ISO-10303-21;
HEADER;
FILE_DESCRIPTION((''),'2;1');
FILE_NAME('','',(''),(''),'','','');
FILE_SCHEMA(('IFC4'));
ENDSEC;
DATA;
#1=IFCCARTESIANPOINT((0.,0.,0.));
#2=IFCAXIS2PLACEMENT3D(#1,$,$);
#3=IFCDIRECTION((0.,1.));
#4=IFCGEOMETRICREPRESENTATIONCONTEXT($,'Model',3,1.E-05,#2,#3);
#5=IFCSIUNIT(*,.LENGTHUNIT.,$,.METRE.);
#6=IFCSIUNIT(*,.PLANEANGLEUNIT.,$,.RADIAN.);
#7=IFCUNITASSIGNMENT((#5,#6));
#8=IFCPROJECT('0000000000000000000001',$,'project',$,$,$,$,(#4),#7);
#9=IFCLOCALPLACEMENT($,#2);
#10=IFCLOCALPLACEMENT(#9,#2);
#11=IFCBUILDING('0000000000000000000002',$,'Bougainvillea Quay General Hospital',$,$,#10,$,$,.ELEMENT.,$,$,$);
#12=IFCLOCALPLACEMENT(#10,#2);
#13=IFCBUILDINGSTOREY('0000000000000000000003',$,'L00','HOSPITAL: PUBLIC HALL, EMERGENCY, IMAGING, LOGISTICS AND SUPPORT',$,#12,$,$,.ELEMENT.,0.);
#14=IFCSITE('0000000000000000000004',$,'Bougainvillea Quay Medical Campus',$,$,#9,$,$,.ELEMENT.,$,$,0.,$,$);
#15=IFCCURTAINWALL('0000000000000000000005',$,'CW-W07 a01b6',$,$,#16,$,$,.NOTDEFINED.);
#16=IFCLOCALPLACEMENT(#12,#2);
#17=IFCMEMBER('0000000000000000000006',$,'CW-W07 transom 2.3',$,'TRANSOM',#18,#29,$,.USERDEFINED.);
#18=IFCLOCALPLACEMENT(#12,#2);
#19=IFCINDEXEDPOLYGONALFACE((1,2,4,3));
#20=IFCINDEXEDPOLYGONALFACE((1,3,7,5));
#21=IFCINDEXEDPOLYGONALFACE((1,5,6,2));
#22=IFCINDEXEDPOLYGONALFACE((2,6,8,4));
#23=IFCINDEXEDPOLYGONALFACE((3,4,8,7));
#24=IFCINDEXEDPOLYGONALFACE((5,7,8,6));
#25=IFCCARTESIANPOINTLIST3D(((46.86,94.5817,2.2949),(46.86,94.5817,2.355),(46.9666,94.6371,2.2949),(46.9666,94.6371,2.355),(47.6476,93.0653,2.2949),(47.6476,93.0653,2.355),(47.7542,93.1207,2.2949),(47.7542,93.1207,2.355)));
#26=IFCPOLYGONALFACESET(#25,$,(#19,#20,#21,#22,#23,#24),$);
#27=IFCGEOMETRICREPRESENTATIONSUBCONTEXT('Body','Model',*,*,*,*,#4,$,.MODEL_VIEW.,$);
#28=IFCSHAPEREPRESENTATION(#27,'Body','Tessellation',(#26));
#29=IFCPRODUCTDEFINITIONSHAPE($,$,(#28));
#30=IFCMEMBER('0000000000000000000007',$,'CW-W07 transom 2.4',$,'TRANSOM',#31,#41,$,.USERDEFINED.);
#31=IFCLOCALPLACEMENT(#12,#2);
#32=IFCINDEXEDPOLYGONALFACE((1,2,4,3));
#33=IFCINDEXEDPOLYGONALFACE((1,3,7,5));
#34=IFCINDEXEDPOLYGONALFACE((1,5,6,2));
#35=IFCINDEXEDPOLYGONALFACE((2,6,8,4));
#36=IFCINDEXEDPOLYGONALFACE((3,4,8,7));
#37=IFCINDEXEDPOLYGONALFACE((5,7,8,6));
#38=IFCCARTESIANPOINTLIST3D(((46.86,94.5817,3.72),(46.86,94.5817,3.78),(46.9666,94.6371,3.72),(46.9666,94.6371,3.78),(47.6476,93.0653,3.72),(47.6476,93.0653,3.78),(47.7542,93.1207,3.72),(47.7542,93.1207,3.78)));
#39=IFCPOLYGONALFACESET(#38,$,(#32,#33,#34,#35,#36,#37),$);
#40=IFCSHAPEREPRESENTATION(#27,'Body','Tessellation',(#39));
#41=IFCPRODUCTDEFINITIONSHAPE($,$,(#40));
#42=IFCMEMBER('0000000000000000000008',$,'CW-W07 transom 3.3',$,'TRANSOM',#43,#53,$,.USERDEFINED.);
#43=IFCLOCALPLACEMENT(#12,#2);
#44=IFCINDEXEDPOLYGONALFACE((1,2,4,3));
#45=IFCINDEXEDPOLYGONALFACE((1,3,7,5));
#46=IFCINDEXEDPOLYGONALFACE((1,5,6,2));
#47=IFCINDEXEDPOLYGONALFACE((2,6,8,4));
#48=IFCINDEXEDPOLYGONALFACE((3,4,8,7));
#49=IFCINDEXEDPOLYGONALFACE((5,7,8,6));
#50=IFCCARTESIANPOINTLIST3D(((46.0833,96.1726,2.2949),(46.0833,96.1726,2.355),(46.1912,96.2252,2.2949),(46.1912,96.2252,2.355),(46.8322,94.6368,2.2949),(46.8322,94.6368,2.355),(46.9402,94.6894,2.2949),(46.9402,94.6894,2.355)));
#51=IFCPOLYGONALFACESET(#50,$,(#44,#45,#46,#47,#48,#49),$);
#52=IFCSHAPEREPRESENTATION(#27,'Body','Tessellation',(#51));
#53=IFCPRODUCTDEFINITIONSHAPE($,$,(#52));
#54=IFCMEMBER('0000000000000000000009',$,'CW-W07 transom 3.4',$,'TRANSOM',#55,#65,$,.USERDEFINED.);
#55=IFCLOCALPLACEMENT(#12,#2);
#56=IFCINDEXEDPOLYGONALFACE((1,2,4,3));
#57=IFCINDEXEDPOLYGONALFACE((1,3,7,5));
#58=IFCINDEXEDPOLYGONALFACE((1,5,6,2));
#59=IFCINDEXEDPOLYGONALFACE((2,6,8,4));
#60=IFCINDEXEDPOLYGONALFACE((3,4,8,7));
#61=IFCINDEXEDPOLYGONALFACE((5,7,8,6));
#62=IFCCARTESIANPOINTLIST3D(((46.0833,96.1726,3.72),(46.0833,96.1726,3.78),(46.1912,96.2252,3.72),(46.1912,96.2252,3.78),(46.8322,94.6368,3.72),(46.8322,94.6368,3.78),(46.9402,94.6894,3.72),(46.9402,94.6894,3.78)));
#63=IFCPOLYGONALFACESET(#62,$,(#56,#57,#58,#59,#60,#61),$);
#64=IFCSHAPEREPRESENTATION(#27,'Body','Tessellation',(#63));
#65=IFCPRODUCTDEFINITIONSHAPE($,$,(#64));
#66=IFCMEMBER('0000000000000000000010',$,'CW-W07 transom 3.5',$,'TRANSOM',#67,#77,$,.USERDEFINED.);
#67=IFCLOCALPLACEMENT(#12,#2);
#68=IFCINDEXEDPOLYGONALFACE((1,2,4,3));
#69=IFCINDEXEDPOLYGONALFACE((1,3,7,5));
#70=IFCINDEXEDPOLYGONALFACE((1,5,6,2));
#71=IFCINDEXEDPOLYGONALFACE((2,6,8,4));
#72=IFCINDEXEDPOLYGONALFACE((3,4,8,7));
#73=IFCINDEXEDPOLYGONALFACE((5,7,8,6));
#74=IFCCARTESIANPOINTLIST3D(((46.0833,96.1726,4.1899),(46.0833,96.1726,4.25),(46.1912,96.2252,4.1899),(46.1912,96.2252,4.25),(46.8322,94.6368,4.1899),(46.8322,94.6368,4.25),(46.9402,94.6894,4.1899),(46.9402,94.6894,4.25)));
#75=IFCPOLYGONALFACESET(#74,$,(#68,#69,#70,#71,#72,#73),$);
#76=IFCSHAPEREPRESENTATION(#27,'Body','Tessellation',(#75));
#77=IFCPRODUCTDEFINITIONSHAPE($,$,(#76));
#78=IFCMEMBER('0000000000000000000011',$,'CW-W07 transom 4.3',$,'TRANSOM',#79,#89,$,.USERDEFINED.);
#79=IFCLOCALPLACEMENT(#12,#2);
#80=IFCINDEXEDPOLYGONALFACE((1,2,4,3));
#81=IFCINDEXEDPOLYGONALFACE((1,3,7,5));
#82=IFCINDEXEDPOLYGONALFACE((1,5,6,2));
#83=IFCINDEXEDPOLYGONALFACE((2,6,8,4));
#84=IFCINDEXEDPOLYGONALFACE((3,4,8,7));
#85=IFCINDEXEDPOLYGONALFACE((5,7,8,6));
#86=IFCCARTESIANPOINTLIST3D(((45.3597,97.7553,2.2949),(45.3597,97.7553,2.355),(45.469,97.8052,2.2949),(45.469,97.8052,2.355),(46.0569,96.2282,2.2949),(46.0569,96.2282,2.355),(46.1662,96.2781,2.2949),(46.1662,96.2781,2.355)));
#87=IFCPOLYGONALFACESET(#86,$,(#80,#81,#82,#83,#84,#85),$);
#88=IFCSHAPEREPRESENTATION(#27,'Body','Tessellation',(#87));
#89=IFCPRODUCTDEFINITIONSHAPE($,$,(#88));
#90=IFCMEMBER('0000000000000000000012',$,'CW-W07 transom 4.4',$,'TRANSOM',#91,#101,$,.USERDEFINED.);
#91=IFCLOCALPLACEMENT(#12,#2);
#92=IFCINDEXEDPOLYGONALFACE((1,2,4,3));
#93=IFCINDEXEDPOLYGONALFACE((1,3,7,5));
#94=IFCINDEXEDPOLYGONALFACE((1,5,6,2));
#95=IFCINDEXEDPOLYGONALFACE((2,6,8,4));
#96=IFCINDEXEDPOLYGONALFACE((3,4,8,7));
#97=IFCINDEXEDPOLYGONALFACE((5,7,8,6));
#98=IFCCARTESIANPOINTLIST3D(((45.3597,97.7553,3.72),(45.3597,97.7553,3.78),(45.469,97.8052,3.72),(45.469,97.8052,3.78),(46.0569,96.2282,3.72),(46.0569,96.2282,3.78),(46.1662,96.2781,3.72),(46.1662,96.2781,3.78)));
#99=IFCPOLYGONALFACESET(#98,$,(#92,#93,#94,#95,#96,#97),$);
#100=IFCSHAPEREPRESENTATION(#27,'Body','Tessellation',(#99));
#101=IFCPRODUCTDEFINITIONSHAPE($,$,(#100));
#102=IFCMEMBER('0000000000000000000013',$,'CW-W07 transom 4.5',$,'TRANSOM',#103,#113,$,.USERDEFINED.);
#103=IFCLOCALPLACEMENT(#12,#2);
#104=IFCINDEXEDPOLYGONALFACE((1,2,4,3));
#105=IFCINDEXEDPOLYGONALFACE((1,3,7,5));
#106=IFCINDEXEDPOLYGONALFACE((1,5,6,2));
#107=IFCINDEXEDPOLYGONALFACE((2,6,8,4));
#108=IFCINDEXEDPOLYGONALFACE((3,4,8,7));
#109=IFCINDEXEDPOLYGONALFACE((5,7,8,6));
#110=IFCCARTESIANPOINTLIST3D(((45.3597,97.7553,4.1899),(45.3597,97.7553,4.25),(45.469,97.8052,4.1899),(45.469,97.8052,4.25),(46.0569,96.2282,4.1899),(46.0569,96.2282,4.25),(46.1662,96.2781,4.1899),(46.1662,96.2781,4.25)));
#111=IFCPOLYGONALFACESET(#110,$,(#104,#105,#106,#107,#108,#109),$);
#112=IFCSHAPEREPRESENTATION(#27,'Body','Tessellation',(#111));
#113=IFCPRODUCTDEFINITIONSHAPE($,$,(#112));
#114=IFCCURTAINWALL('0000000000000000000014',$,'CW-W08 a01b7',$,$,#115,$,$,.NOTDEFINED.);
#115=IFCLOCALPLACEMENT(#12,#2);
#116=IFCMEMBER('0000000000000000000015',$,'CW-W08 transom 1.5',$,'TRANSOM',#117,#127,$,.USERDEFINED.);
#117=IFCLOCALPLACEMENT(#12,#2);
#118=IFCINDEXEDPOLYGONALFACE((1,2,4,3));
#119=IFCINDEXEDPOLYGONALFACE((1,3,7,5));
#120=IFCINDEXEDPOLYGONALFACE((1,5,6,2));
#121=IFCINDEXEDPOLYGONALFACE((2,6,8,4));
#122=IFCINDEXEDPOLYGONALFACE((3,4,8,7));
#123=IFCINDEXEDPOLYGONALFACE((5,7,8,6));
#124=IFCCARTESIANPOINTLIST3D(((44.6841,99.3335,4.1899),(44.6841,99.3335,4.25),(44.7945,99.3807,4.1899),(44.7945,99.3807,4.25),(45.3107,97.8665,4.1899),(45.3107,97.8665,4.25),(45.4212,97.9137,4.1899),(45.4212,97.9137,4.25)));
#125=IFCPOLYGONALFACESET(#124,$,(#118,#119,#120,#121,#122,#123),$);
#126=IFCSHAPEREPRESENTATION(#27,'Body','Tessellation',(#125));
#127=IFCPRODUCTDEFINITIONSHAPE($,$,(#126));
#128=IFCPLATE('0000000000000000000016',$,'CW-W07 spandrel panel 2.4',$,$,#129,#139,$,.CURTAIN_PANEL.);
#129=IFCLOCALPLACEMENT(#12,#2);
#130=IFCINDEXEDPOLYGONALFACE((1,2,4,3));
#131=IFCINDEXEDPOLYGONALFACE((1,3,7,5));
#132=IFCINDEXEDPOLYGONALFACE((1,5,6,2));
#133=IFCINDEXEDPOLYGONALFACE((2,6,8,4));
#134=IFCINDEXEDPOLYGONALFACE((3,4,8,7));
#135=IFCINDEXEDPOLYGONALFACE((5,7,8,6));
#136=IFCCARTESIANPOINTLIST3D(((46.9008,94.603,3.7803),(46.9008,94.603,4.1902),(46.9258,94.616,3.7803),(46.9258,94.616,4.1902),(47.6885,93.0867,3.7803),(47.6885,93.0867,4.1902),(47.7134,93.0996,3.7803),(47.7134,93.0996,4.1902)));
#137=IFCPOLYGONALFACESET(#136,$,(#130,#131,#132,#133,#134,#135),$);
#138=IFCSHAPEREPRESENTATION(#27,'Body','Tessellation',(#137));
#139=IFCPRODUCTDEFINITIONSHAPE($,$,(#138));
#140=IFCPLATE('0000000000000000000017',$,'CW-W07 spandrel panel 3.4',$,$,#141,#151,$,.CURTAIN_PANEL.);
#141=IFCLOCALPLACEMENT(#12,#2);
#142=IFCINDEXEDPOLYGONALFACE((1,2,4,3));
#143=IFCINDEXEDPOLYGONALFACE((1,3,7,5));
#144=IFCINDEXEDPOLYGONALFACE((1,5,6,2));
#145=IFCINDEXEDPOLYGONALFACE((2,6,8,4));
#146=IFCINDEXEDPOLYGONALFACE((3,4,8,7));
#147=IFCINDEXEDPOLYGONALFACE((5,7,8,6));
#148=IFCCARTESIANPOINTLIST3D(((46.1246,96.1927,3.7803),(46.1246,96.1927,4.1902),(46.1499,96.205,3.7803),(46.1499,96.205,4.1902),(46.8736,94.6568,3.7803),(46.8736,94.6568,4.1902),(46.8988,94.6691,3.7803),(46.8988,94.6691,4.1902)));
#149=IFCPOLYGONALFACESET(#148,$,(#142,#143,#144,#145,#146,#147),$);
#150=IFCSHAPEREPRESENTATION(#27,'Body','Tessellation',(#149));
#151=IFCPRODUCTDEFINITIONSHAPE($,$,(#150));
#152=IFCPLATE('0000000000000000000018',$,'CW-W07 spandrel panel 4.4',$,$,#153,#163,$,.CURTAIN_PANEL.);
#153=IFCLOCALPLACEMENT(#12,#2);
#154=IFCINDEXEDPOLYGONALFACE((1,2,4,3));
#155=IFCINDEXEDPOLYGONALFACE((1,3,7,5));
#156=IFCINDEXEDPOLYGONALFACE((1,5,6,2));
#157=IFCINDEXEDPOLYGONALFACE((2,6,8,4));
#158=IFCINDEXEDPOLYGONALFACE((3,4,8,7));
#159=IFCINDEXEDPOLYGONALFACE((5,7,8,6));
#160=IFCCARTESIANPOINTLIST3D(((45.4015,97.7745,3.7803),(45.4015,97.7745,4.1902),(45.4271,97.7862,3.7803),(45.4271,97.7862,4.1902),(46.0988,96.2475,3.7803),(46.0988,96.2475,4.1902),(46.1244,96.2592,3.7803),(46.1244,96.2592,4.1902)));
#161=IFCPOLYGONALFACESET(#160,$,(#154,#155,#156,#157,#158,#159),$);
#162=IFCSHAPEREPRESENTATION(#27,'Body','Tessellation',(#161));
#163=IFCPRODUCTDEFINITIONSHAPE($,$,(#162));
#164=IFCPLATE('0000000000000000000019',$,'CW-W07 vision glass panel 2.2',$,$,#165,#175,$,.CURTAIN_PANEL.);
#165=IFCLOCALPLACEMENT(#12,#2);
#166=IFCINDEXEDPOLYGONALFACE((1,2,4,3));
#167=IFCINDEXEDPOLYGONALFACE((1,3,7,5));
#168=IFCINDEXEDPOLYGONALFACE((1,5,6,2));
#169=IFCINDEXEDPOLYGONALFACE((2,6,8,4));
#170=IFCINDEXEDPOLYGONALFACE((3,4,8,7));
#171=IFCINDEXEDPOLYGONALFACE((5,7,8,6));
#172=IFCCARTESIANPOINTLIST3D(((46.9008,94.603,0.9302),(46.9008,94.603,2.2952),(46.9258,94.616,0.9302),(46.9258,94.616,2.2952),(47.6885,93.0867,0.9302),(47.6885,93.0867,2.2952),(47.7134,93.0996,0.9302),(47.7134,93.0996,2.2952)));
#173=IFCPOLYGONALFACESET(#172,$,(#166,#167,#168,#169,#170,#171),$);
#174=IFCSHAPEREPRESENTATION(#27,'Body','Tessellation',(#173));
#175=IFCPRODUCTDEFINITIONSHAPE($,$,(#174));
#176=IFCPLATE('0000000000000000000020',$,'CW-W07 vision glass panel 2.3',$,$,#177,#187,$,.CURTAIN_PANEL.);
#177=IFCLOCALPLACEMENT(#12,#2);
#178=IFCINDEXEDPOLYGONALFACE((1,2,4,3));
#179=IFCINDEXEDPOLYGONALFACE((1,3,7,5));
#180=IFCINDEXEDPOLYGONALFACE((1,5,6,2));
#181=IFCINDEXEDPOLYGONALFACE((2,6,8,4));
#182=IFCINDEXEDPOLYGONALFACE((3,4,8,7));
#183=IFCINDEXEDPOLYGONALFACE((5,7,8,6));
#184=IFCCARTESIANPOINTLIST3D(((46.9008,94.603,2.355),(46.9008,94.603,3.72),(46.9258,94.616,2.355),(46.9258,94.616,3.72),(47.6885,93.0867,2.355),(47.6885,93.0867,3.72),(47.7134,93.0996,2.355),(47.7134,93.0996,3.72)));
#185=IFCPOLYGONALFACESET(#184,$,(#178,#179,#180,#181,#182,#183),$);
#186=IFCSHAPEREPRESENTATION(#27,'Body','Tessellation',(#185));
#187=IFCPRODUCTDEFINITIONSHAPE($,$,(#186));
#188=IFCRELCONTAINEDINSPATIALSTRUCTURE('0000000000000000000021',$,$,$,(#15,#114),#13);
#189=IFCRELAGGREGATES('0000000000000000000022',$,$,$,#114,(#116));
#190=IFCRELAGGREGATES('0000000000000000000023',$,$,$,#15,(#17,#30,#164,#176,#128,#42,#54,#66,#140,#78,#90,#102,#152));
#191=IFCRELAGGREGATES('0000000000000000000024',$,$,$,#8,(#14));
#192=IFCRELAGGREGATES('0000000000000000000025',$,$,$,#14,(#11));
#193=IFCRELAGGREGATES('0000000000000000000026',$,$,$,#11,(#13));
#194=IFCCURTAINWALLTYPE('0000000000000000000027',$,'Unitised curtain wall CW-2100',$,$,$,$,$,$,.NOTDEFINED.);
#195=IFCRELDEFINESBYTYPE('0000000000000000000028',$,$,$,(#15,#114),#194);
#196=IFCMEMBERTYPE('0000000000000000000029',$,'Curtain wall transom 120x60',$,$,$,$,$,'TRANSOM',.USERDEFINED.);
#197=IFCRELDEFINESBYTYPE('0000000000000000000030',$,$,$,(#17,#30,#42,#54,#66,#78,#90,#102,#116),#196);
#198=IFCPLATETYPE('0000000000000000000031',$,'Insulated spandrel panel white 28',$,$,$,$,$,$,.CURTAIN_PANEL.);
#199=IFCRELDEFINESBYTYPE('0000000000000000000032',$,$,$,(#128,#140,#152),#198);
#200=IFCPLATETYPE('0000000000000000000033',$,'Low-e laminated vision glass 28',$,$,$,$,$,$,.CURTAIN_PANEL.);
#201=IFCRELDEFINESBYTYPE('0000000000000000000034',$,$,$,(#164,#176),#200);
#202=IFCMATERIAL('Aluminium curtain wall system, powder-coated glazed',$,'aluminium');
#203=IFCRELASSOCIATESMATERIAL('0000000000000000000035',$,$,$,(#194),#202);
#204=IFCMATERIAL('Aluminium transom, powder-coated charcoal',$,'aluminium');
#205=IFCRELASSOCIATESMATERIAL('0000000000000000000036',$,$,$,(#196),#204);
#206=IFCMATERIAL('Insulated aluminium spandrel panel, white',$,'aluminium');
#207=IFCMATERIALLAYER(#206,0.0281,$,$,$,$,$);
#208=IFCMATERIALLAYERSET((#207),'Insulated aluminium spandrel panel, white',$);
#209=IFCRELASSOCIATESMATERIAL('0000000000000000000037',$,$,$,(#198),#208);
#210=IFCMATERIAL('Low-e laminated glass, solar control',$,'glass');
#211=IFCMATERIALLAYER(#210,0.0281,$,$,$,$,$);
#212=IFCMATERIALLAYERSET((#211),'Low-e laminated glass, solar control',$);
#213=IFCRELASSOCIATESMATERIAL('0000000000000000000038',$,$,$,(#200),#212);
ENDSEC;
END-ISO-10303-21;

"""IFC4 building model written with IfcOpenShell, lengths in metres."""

from ifc_helpers import new_model, si_unit, direction, frame, origin, origin_2d, place, context, subcontext, project, spatial, rectangle, extrude, material, layer, layer_set, material_profile, profile_set, type_object, element, aggregate, save


model = new_model("IFC4")

# Units and contexts
model_context = context("Model", 3, precision=1e-05, world=origin(), true_north=direction((0.0, 1.0)))
body_context = subcontext(model_context, "Body", "Model", "MODEL_VIEW")
ifc_project = project(units=[si_unit("LENGTHUNIT", "METRE"), si_unit("PLANEANGLEUNIT", "RADIAN")], contexts=[model_context])

# Site, building, storey
site_placement = place(None, origin())
site = spatial("IfcSite", under=ifc_project, at=site_placement, Name="Bougainvillea Quay Medical Campus", CompositionType="ELEMENT", RefElevation=0.0)
building_placement = place(site_placement, origin())
building = spatial("IfcBuilding", under=site, at=building_placement, Name="Bougainvillea Quay General Hospital", CompositionType="ELEMENT")
storey_placement = place(building_placement, origin())
storey = spatial("IfcBuildingStorey", under=building, at=storey_placement, Name="L00", Description="HOSPITAL: PUBLIC HALL, EMERGENCY, IMAGING, LOGISTICS AND SUPPORT", CompositionType="ELEMENT", Elevation=0.0)

# Curtain wall, members
ifc_material_1 = material(Name="Aluminium curtain wall system, powder-coated glazed", Category="aluminium")
curtain_wall_type = type_object("IfcCurtainWallType", Name="Unitised curtain wall CW-2100", PredefinedType="NOTDEFINED", material=ifc_material_1)
curtain_wall_1_placement = place(storey_placement, origin())
curtain_wall_1 = element("IfcCurtainWall", 1, at=curtain_wall_1_placement, inside=storey, type_object=curtain_wall_type, Name="CW-W07 a01b6", PredefinedType="NOTDEFINED")
ifc_material_2 = material(Name="Aluminium transom, powder-coated charcoal", Category="aluminium")
ifc_material_profile_1 = material_profile(ifc_material_2, rectangle(XDim=0.1201, YDim=0.0601, at=origin_2d()))
ifc_profile_set_1 = profile_set([ifc_material_profile_1], Name="Aluminium transom, powder-coated charcoal")
member_type = type_object("IfcMemberType", Name="Curtain wall transom 120x60", ElementType="TRANSOM", PredefinedType="USERDEFINED", material=ifc_profile_set_1)
member_1_placement = place(storey_placement, frame((47.7009, 93.093, 2.325), z_axis=(-0.460934, 0.887434, 0.0), x_axis=(-0.887434, -0.460934, 0.0)))
member_1 = element("IfcMember", 2, at=member_1_placement, type_object=member_type, Name="CW-W07 transom 2.3", ObjectType="TRANSOM", PredefinedType="USERDEFINED", context=body_context, shape_type="SweptSolid", body=[
    extrude(rectangle(XDim=0.1201, YDim=0.0601, at=origin_2d()), origin(), (0.0, 0.0, 1.0), 1.7087),
])
member_2_placement = place(storey_placement, frame((47.7009, 93.093, 3.75), z_axis=(-0.460934, 0.887434, 0.0), x_axis=(-0.887434, -0.460934, 0.0)))
member_2 = element("IfcMember", 3, at=member_2_placement, type_object=member_type, Name="CW-W07 transom 2.4", ObjectType="TRANSOM", PredefinedType="USERDEFINED", context=body_context, shape_type="SweptSolid", body=[
    extrude(rectangle(XDim=0.1201, YDim=0.0601, at=origin_2d()), origin(), (0.0, 0.0, 1.0), 1.7087),
])
member_3_placement = place(storey_placement, frame((46.8862, 94.6631, 2.325), z_axis=(-0.438334, 0.898812, 0.0), x_axis=(-0.898812, -0.438334, 0.0)))
member_3 = element("IfcMember", 4, at=member_3_placement, type_object=member_type, Name="CW-W07 transom 3.3", ObjectType="TRANSOM", PredefinedType="USERDEFINED", context=body_context, shape_type="SweptSolid", body=[
    extrude(rectangle(XDim=0.1201, YDim=0.0601, at=origin_2d()), origin(), (0.0, 0.0, 1.0), 1.7087),
])
member_4_placement = place(storey_placement, frame((46.8862, 94.6631, 3.75), z_axis=(-0.438334, 0.898812, 0.0), x_axis=(-0.898812, -0.438334, 0.0)))
member_4 = element("IfcMember", 5, at=member_4_placement, type_object=member_type, Name="CW-W07 transom 3.4", ObjectType="TRANSOM", PredefinedType="USERDEFINED", context=body_context, shape_type="SweptSolid", body=[
    extrude(rectangle(XDim=0.1201, YDim=0.0601, at=origin_2d()), origin(), (0.0, 0.0, 1.0), 1.7087),
])
member_5_placement = place(storey_placement, frame((46.8862, 94.6631, 4.22), z_axis=(-0.438334, 0.898812, 0.0), x_axis=(-0.898812, -0.438334, 0.0)))
member_5 = element("IfcMember", 6, at=member_5_placement, type_object=member_type, Name="CW-W07 transom 3.5", ObjectType="TRANSOM", PredefinedType="USERDEFINED", context=body_context, shape_type="SweptSolid", body=[
    extrude(rectangle(XDim=0.1201, YDim=0.0601, at=origin_2d()), origin(), (0.0, 0.0, 1.0), 1.7087),
])
member_6_placement = place(storey_placement, frame((46.1116, 96.2532, 2.325), z_axis=(-0.415347, 0.909663, 0.0), x_axis=(-0.909663, -0.415347, 0.0)))
member_6 = element("IfcMember", 7, at=member_6_placement, type_object=member_type, Name="CW-W07 transom 4.3", ObjectType="TRANSOM", PredefinedType="USERDEFINED", context=body_context, shape_type="SweptSolid", body=[
    extrude(rectangle(XDim=0.1201, YDim=0.0601, at=origin_2d()), origin(), (0.0, 0.0, 1.0), 1.6787),
])
member_7_placement = place(storey_placement, frame((46.1116, 96.2532, 3.75), z_axis=(-0.415347, 0.909663, 0.0), x_axis=(-0.909663, -0.415347, 0.0)))
member_7 = element("IfcMember", 8, at=member_7_placement, type_object=member_type, Name="CW-W07 transom 4.4", ObjectType="TRANSOM", PredefinedType="USERDEFINED", context=body_context, shape_type="SweptSolid", body=[
    extrude(rectangle(XDim=0.1201, YDim=0.0601, at=origin_2d()), origin(), (0.0, 0.0, 1.0), 1.6787),
])
member_8_placement = place(storey_placement, frame((46.1116, 96.2532, 4.22), z_axis=(-0.415347, 0.909663, 0.0), x_axis=(-0.909663, -0.415347, 0.0)))
member_8 = element("IfcMember", 9, at=member_8_placement, type_object=member_type, Name="CW-W07 transom 4.5", ObjectType="TRANSOM", PredefinedType="USERDEFINED", context=body_context, shape_type="SweptSolid", body=[
    extrude(rectangle(XDim=0.1201, YDim=0.0601, at=origin_2d()), origin(), (0.0, 0.0, 1.0), 1.6787),
])

# Curtain wall, member
curtain_wall_2_placement = place(storey_placement, origin())
curtain_wall_2 = element("IfcCurtainWall", 10, at=curtain_wall_2_placement, inside=storey, type_object=curtain_wall_type, Name="CW-W08 a01b7", PredefinedType="NOTDEFINED")
member_9_placement = place(storey_placement, frame((45.366, 97.8901, 4.22), z_axis=(-0.392848, 0.919604, 0.0), x_axis=(-0.919604, -0.392848, 0.0)))
member_9 = element("IfcMember", 11, at=member_9_placement, type_object=member_type, Name="CW-W08 transom 1.5", ObjectType="TRANSOM", PredefinedType="USERDEFINED", context=body_context, shape_type="SweptSolid", body=[
    extrude(rectangle(XDim=0.1201, YDim=0.0601, at=origin_2d()), origin(), (0.0, 0.0, 1.0), 1.5952),
])
aggregate(curtain_wall_2, [member_9])

# Plates
ifc_material_3 = material(Name="Insulated aluminium spandrel panel, white", Category="aluminium")
ifc_layer_1 = layer(ifc_material_3, 0.0281)
ifc_layer_set_1 = layer_set([ifc_layer_1], Name="Insulated aluminium spandrel panel, white")
plate_type_1 = type_object("IfcPlateType", Name="Insulated spandrel panel white 28", PredefinedType="CURTAIN_PANEL", material=ifc_layer_set_1)
plate_1_placement = place(storey_placement, frame((47.3071, 93.8513, 3.7803), z_axis=(0.0, 0.0, 1.0), x_axis=(-0.460951, 0.887426, 0.0)))
plate_1 = element("IfcPlate", 12, at=plate_1_placement, type_object=plate_type_1, Name="CW-W07 spandrel panel 2.4", PredefinedType="CURTAIN_PANEL", context=body_context, shape_type="SweptSolid", body=[
    extrude(rectangle(XDim=1.7087, YDim=0.0281, at=origin_2d()), origin(), (0.0, 0.0, 1.0), 0.4099),
])
plate_2_placement = place(storey_placement, frame((46.5117, 95.4309, 3.7803), z_axis=(0.0, 0.0, 1.0), x_axis=(-0.438301, 0.898828, 0.0)))
plate_2 = element("IfcPlate", 13, at=plate_2_placement, type_object=plate_type_1, Name="CW-W07 spandrel panel 3.4", PredefinedType="CURTAIN_PANEL", context=body_context, shape_type="SweptSolid", body=[
    extrude(rectangle(XDim=1.7087, YDim=0.0281, at=origin_2d()), origin(), (0.0, 0.0, 1.0), 0.4099),
])
plate_3_placement = place(storey_placement, frame((45.7629, 97.0168, 3.7803), z_axis=(0.0, 0.0, 1.0), x_axis=(-0.415368, 0.909653, 0.0)))
plate_3 = element("IfcPlate", 14, at=plate_3_placement, type_object=plate_type_1, Name="CW-W07 spandrel panel 4.4", PredefinedType="CURTAIN_PANEL", context=body_context, shape_type="SweptSolid", body=[
    extrude(rectangle(XDim=1.6787, YDim=0.0281, at=origin_2d()), origin(), (0.0, 0.0, 1.0), 0.4099),
])
ifc_material_4 = material(Name="Low-e laminated glass, solar control", Category="glass")
ifc_layer_2 = layer(ifc_material_4, 0.0281)
ifc_layer_set_2 = layer_set([ifc_layer_2], Name="Low-e laminated glass, solar control")
plate_type_2 = type_object("IfcPlateType", Name="Low-e laminated vision glass 28", PredefinedType="CURTAIN_PANEL", material=ifc_layer_set_2)
plate_4_placement = place(storey_placement, frame((47.3071, 93.8513, 0.9302), z_axis=(0.0, 0.0, 1.0), x_axis=(-0.460951, 0.887426, 0.0)))
plate_4 = element("IfcPlate", 15, at=plate_4_placement, type_object=plate_type_2, Name="CW-W07 vision glass panel 2.2", PredefinedType="CURTAIN_PANEL", context=body_context, shape_type="SweptSolid", body=[
    extrude(rectangle(XDim=1.7087, YDim=0.0281, at=origin_2d()), origin(), (0.0, 0.0, 1.0), 1.365),
])
plate_5_placement = place(storey_placement, frame((47.3071, 93.8513, 2.355), z_axis=(0.0, 0.0, 1.0), x_axis=(-0.460951, 0.887426, 0.0)))
plate_5 = element("IfcPlate", 16, at=plate_5_placement, type_object=plate_type_2, Name="CW-W07 vision glass panel 2.3", PredefinedType="CURTAIN_PANEL", context=body_context, shape_type="SweptSolid", body=[
    extrude(rectangle(XDim=1.7087, YDim=0.0281, at=origin_2d()), origin(), (0.0, 0.0, 1.0), 1.365),
])
aggregate(curtain_wall_1, [member_1, member_2, plate_4, plate_5, plate_1, member_3, member_4, member_5, plate_2, member_6, member_7, member_8, plate_3])

save(model, "model.ifc")
